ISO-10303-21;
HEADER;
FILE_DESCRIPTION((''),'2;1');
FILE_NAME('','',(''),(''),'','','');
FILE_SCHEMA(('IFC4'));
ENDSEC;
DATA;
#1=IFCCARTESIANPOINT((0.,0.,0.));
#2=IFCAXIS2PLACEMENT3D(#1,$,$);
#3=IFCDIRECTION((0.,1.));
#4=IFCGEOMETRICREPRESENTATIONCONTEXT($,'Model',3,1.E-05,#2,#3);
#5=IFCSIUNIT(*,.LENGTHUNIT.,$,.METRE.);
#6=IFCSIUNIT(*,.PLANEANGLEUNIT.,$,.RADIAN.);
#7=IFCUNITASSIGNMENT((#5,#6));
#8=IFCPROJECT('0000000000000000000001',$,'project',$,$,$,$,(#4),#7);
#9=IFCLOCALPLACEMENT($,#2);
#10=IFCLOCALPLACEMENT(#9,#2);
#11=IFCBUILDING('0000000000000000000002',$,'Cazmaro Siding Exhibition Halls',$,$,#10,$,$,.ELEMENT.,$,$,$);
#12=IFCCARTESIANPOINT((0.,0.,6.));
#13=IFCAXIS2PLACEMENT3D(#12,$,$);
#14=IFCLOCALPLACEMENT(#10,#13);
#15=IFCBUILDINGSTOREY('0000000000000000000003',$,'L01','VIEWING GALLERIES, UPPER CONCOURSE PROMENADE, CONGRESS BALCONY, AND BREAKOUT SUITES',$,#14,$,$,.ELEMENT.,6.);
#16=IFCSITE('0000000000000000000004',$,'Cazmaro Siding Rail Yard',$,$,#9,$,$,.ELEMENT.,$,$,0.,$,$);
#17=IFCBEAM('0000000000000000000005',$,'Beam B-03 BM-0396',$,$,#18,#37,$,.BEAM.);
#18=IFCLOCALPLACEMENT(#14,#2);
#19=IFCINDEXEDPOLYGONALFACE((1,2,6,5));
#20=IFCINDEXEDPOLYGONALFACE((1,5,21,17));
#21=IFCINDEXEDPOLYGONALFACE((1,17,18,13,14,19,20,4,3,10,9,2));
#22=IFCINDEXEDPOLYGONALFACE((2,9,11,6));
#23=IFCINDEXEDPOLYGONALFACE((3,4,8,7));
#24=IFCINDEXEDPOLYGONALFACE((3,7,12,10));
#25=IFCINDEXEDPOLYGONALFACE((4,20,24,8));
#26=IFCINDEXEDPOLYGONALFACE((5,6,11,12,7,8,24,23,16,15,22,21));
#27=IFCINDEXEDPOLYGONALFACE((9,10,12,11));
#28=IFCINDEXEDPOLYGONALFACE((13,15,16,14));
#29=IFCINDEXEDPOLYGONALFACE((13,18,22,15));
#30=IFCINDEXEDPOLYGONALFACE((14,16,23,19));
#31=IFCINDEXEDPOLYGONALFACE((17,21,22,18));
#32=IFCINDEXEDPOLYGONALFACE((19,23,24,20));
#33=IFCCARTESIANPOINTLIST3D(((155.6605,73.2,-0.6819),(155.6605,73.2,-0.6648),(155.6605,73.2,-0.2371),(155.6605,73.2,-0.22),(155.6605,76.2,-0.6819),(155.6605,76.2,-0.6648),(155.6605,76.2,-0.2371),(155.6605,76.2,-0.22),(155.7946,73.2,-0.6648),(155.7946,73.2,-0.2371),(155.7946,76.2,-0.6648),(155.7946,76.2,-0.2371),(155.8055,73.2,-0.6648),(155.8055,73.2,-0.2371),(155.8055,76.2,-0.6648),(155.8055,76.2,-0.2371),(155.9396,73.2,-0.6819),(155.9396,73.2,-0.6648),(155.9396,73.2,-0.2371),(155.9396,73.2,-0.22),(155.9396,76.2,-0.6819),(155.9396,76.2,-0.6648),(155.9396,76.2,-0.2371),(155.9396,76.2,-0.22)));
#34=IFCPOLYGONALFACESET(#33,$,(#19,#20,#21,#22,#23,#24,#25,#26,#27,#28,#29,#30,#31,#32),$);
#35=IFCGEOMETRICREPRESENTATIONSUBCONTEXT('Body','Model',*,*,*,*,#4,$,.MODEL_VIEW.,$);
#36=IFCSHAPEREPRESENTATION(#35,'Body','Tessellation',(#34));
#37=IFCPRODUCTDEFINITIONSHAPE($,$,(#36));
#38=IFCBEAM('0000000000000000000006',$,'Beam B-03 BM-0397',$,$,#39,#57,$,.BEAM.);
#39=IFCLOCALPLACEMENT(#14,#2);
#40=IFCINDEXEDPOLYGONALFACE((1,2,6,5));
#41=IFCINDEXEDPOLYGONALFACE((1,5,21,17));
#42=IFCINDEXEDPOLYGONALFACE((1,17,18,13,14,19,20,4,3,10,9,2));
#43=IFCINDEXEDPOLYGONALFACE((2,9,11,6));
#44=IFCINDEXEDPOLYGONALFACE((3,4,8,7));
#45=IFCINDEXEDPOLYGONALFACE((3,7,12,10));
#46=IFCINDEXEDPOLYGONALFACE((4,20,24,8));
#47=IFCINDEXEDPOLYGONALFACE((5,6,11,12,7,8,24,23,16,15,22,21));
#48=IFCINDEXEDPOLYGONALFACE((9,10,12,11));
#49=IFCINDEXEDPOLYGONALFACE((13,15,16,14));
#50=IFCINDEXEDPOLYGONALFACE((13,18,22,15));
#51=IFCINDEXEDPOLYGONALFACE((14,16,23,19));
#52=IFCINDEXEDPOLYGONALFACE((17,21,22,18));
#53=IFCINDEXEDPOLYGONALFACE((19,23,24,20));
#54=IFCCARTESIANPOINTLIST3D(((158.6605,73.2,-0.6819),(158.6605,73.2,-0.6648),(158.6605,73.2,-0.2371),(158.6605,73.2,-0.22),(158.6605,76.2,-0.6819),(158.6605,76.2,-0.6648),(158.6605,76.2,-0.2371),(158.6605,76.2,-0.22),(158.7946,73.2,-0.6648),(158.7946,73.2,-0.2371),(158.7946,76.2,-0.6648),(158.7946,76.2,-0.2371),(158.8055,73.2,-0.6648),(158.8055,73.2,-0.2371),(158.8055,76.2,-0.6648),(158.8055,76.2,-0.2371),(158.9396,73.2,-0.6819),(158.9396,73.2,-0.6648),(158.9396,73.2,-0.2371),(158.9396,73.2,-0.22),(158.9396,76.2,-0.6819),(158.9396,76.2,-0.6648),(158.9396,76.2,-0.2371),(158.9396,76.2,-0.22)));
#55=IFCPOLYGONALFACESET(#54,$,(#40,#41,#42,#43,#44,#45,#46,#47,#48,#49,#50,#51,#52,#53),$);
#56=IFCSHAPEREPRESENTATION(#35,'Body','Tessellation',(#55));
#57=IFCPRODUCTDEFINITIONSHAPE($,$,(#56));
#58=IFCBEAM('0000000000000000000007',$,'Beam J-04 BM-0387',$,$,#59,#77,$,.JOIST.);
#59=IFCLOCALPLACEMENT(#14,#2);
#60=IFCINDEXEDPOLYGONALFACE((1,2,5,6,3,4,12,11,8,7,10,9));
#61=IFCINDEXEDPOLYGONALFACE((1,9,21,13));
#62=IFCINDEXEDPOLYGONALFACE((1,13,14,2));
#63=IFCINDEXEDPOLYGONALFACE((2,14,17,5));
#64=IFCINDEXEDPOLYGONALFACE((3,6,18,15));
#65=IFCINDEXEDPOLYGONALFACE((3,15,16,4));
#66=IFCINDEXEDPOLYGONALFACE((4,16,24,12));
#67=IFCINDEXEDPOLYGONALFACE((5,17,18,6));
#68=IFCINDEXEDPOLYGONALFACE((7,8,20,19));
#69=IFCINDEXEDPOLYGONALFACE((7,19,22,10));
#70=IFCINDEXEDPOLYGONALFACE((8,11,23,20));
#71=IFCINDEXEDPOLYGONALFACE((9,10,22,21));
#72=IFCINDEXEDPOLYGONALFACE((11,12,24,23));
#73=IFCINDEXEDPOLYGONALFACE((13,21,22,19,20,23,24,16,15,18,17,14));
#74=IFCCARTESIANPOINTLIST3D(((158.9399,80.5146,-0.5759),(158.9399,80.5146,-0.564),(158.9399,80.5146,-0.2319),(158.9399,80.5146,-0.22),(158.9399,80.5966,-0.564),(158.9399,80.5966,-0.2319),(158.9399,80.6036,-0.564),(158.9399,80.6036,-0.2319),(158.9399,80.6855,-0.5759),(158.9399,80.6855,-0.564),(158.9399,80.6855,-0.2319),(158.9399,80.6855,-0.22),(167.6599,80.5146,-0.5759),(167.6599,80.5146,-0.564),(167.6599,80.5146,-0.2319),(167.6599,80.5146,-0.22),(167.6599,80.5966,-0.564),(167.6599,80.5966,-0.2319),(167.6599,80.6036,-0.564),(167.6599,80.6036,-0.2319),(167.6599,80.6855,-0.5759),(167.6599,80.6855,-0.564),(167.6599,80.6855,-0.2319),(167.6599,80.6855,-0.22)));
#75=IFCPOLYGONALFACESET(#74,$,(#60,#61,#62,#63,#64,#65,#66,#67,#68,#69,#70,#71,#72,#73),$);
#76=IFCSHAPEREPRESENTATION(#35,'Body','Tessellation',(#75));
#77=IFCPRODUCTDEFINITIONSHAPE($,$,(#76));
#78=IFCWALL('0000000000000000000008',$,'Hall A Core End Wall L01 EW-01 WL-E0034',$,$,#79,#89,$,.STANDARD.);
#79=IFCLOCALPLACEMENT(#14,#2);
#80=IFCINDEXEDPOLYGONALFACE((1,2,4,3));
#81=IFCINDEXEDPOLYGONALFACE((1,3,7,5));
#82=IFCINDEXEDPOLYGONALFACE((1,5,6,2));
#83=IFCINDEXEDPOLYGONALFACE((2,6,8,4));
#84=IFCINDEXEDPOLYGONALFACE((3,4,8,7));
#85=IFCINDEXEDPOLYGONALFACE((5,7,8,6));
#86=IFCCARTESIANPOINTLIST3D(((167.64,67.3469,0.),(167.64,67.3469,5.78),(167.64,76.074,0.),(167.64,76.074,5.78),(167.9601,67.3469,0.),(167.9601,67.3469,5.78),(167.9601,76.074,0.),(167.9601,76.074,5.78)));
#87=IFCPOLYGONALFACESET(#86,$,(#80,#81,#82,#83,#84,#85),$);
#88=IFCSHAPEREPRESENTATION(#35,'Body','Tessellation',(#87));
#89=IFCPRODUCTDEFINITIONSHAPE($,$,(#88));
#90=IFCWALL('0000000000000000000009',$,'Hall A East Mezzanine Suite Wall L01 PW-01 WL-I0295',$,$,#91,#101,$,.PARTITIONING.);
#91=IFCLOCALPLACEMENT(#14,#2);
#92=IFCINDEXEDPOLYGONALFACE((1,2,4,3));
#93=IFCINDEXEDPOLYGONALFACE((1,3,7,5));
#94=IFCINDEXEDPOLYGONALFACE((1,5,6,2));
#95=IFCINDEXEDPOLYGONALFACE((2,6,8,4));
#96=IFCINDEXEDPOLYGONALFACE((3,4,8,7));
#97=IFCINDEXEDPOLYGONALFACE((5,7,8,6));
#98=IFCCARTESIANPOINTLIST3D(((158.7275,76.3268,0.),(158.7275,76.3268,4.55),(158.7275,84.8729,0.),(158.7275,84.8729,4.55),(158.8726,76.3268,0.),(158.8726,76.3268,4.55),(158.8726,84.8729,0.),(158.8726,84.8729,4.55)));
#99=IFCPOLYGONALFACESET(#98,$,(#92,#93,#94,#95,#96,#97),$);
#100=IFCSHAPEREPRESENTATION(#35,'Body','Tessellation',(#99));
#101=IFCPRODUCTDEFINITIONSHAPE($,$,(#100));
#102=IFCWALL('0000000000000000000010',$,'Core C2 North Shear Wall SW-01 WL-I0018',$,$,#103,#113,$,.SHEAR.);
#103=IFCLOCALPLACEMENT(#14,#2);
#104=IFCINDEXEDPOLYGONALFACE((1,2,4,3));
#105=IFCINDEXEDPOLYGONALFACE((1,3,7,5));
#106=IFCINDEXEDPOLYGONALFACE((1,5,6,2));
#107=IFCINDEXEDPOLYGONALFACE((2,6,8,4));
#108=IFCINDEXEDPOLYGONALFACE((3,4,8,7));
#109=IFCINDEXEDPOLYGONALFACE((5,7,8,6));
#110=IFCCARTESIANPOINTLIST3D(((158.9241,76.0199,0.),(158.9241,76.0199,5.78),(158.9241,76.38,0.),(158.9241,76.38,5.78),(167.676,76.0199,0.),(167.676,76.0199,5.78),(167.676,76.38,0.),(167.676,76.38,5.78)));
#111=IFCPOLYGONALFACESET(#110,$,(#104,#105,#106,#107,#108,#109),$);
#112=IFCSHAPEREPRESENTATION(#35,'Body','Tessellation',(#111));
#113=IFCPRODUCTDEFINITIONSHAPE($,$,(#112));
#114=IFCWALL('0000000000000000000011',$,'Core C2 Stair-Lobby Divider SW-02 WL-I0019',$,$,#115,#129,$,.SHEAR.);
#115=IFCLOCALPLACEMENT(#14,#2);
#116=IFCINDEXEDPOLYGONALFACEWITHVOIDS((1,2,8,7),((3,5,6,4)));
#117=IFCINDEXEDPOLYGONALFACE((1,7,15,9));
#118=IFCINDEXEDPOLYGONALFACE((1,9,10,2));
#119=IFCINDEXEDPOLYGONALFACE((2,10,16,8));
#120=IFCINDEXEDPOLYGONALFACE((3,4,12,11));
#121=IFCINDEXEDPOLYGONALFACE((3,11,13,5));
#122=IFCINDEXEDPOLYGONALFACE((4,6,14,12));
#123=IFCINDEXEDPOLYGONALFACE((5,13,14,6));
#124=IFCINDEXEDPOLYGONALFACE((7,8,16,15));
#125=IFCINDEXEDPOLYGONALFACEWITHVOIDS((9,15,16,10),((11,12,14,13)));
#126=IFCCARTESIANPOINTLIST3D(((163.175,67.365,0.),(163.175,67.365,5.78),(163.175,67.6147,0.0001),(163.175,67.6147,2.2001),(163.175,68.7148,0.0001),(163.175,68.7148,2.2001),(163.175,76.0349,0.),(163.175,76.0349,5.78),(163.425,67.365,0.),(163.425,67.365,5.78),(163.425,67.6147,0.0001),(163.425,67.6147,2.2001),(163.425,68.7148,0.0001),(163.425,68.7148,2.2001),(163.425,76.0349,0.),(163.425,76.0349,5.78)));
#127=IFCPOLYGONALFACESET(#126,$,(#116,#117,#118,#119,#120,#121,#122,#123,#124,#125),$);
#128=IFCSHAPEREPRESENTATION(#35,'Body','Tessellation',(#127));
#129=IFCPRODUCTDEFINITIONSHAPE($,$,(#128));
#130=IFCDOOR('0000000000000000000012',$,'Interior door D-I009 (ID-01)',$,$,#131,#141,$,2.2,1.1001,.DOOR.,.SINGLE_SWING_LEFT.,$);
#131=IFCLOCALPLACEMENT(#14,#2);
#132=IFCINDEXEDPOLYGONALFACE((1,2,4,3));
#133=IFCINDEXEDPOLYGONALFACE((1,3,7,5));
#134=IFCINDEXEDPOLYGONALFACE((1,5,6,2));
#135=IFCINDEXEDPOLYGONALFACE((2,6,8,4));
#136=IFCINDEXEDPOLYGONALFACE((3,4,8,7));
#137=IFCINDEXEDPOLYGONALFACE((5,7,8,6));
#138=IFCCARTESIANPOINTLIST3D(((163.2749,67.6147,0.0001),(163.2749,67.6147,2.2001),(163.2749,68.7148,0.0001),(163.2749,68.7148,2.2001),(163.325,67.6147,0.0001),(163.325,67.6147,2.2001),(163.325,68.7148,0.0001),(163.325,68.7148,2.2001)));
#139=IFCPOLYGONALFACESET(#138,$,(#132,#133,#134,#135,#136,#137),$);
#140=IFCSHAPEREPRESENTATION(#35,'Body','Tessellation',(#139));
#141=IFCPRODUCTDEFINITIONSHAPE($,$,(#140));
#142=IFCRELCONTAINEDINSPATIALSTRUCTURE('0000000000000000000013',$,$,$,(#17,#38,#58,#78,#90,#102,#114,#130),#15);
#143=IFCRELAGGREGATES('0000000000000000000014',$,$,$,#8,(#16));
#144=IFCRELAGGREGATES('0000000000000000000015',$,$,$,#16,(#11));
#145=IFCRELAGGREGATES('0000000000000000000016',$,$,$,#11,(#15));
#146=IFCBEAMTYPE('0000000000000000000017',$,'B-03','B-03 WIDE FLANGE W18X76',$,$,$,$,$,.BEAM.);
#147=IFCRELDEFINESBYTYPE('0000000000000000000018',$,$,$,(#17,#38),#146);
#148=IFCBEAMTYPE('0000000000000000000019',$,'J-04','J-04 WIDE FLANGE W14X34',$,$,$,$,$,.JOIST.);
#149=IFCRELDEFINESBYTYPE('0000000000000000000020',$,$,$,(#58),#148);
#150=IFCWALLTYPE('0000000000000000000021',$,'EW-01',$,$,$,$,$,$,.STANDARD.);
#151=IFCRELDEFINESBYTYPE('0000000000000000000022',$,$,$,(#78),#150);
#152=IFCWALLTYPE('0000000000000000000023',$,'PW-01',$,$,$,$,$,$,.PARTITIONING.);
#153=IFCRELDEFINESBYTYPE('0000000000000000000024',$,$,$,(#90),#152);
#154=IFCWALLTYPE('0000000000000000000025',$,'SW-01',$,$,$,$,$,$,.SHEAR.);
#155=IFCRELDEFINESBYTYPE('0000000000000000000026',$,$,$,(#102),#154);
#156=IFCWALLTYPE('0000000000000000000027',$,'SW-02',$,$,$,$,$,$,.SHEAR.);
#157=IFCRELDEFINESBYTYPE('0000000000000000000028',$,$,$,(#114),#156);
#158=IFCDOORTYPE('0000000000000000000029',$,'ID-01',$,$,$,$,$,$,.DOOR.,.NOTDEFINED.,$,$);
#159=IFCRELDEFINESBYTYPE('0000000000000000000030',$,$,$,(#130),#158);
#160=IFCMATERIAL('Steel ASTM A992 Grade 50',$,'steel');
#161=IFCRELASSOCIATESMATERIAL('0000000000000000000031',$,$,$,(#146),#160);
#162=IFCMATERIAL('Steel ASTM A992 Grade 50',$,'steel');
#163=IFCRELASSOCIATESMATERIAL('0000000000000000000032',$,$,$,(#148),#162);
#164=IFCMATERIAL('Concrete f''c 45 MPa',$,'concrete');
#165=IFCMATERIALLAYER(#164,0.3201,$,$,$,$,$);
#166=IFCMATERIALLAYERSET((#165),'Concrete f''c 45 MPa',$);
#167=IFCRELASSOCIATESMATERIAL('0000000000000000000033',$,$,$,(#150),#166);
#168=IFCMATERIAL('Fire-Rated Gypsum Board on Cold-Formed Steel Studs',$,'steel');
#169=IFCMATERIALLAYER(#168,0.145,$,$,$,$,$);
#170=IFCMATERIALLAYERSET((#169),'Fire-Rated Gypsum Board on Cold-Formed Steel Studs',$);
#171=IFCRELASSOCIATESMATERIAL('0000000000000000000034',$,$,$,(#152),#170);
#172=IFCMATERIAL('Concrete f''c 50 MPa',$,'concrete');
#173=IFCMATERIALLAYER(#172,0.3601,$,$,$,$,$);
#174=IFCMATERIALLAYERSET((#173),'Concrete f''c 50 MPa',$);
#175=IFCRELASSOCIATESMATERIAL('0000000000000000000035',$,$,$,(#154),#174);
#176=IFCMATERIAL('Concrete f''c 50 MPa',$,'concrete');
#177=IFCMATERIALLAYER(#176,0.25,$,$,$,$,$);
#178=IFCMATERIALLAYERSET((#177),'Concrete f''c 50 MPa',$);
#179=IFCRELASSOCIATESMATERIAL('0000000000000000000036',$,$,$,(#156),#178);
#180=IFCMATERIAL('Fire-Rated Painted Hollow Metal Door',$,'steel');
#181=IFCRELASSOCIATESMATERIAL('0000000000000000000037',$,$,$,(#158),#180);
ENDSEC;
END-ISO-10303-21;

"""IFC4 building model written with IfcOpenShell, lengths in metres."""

from ifc_helpers import new_model, si_unit, direction, frame, frame_2d, origin, origin_2d, place, context, subcontext, project, spatial, rectangle, i_section, extrude, material, layer, layer_set, material_profile, profile_set, type_object, element, fill, save


model = new_model("IFC4")

# Units and contexts
model_context = context("Model", 3, precision=1e-05, world=origin(), true_north=direction((0.0, 1.0)))
body_context = subcontext(model_context, "Body", "Model", "MODEL_VIEW")
ifc_project = project(units=[si_unit("LENGTHUNIT", "METRE"), si_unit("PLANEANGLEUNIT", "RADIAN")], contexts=[model_context])

# Site, building, storey
site_placement = place(None, origin())
site = spatial("IfcSite", under=ifc_project, at=site_placement, Name="Cazmaro Siding Rail Yard", CompositionType="ELEMENT", RefElevation=0.0)
building_placement = place(site_placement, origin())
building = spatial("IfcBuilding", under=site, at=building_placement, Name="Cazmaro Siding Exhibition Halls", CompositionType="ELEMENT")
storey_placement = place(building_placement, frame((0.0, 0.0, 6.0)))
storey = spatial("IfcBuildingStorey", under=building, at=storey_placement, Name="L01", Description="VIEWING GALLERIES, UPPER CONCOURSE PROMENADE, CONGRESS BALCONY, AND BREAKOUT SUITES", CompositionType="ELEMENT", Elevation=6.0)

# Beams
ifc_material_1 = material(Name="Steel ASTM A992 Grade 50", Category="steel")
ifc_material_profile_1 = material_profile(ifc_material_1, i_section(OverallWidth=0.2791, OverallDepth=0.4619, WebThickness=0.011, FlangeThickness=0.0171, at=origin_2d()), Name="W18X76")
ifc_profile_set_1 = profile_set([ifc_material_profile_1], Name="Steel ASTM A992 Grade 50")
beam_type_1 = type_object("IfcBeamType", Name="B-03", Description="B-03 WIDE FLANGE W18X76", PredefinedType="BEAM", material=ifc_profile_set_1)
for number, where, z_axis, x_axis, name in (
    (1, (155.8, 73.2, -0.4509), (0.0, 1.0, 0.0), (-1.0, 0.0, 0.0), "Beam B-03 BM-0396"),
    (2, (158.8, 73.2, -0.4509), (0.0, 1.0, 0.0), (-1.0, 0.0, 0.0), "Beam B-03 BM-0397"),
):
    element("IfcBeam", number, at=place(storey_placement, frame(where, z_axis=z_axis, x_axis=x_axis)), inside=storey, type_object=beam_type_1, Name=name, PredefinedType="BEAM", context=body_context, shape_type="SweptSolid", body=[
        extrude(i_section(OverallWidth=0.2791, OverallDepth=0.4619, WebThickness=0.011, FlangeThickness=0.0171, at=origin_2d()), origin(), (0.0, 0.0, 1.0), 3.0),
    ])
ifc_material_2 = material(Name="Steel ASTM A992 Grade 50", Category="steel")
ifc_material_profile_2 = material_profile(ifc_material_2, i_section(OverallWidth=0.1709, OverallDepth=0.356, WebThickness=0.0071, FlangeThickness=0.012, at=origin_2d()), Name="W14X34")
ifc_profile_set_2 = profile_set([ifc_material_profile_2], Name="Steel ASTM A992 Grade 50")
beam_type_2 = type_object("IfcBeamType", Name="J-04", Description="J-04 WIDE FLANGE W14X34", PredefinedType="JOIST", material=ifc_profile_set_2)
beam_1_placement = place(storey_placement, frame((158.9399, 80.6001, -0.3979), z_axis=(1.0, 0.0, 0.0), x_axis=(0.0, 1.0, 0.0)))
element("IfcBeam", 3, at=beam_1_placement, inside=storey, type_object=beam_type_2, Name="Beam J-04 BM-0387", PredefinedType="JOIST", context=body_context, shape_type="SweptSolid", body=[
    extrude(i_section(OverallWidth=0.1709, OverallDepth=0.356, WebThickness=0.0071, FlangeThickness=0.012, at=origin_2d()), origin(), (0.0, 0.0, 1.0), 8.72),
])

# Walls
ifc_material_3 = material(Name="Concrete f'c 45 MPa", Category="concrete")
ifc_layer_1 = layer(ifc_material_3, 0.3201)
ifc_layer_set_1 = layer_set([ifc_layer_1], Name="Concrete f'c 45 MPa")
wall_type_1 = type_object("IfcWallType", Name="EW-01", PredefinedType="STANDARD", material=ifc_layer_set_1)
wall_1_placement = place(storey_placement, frame((167.8, 76.074, 0.0), z_axis=(0.0, 0.0, 1.0), x_axis=(0.0, -1.0, 0.0)))
element("IfcWall", 4, at=wall_1_placement, inside=storey, type_object=wall_type_1, Name="Hall A Core End Wall L01 EW-01 WL-E0034", PredefinedType="STANDARD", context=body_context, shape_type="SweptSolid", body=[
    extrude(rectangle(XDim=8.7271, YDim=0.3201, at=frame_2d((4.3635, 0.0))), origin(), (0.0, 0.0, 1.0), 5.78),
])
ifc_material_4 = material(Name="Fire-Rated Gypsum Board on Cold-Formed Steel Studs", Category="steel")
ifc_layer_2 = layer(ifc_material_4, 0.145)
ifc_layer_set_2 = layer_set([ifc_layer_2], Name="Fire-Rated Gypsum Board on Cold-Formed Steel Studs")
wall_type_2 = type_object("IfcWallType", Name="PW-01", PredefinedType="PARTITIONING", material=ifc_layer_set_2)
wall_2_placement = place(storey_placement, frame((158.8, 76.3269, 0.0), z_axis=(0.0, 0.0, 1.0), x_axis=(0.0, 1.0, 0.0)))
element("IfcWall", 5, at=wall_2_placement, inside=storey, type_object=wall_type_2, Name="Hall A East Mezzanine Suite Wall L01 PW-01 WL-I0295", PredefinedType="PARTITIONING", context=body_context, shape_type="SweptSolid", body=[
    extrude(rectangle(XDim=8.5461, YDim=0.145, at=frame_2d((4.2729, 0.0))), origin(), (0.0, 0.0, 1.0), 4.55),
])
ifc_material_5 = material(Name="Concrete f'c 50 MPa", Category="concrete")
ifc_layer_3 = layer(ifc_material_5, 0.3601)
ifc_layer_set_3 = layer_set([ifc_layer_3], Name="Concrete f'c 50 MPa")
wall_type_3 = type_object("IfcWallType", Name="SW-01", PredefinedType="SHEAR", material=ifc_layer_set_3)
wall_3_placement = place(storey_placement, frame((158.9241, 76.2, 0.0), z_axis=(0.0, 0.0, 1.0), x_axis=(1.0, 0.0, 0.0)))
element("IfcWall", 6, at=wall_3_placement, inside=storey, type_object=wall_type_3, Name="Core C2 North Shear Wall SW-01 WL-I0018", PredefinedType="SHEAR", context=body_context, shape_type="SweptSolid", body=[
    extrude(rectangle(XDim=8.752, YDim=0.3601, at=frame_2d((4.376, 0.0))), origin(), (0.0, 0.0, 1.0), 5.78),
])

# Wall, opening, door
ifc_material_6 = material(Name="Concrete f'c 50 MPa", Category="concrete")
ifc_layer_4 = layer(ifc_material_6, 0.25)
ifc_layer_set_4 = layer_set([ifc_layer_4], Name="Concrete f'c 50 MPa")
wall_type_4 = type_object("IfcWallType", Name="SW-02", PredefinedType="SHEAR", material=ifc_layer_set_4)
wall_4_placement = place(storey_placement, frame((163.3, 76.0349, 0.0), z_axis=(0.0, 0.0, 1.0), x_axis=(0.0, -1.0, 0.0)))
wall_4 = element("IfcWall", 7, at=wall_4_placement, inside=storey, type_object=wall_type_4, Name="Core C2 Stair-Lobby Divider SW-02 WL-I0019", PredefinedType="SHEAR", context=body_context, shape_type="SweptSolid", body=[
    extrude(rectangle(XDim=8.6699, YDim=0.25, at=frame_2d((4.335, 0.0))), origin(), (0.0, 0.0, 1.0), 5.78),
])
opening_placement = place(wall_4_placement, frame((7.3201, 0.0, 0.0)))
opening = element("IfcOpeningElement", 8, at=opening_placement, cuts=wall_4, PredefinedType="OPENING", context=body_context, shape_type="SweptSolid", body=[
    extrude(rectangle(XDim=1.1001, YDim=2.2, at=frame_2d((0.55, 1.1001))), frame((0.0, 0.135, 0.0), z_axis=(0.0, -1.0, 0.0), x_axis=(1.0, 0.0, 0.0)), (0.0, 0.0, 1.0), 0.27),
])
ifc_material_7 = material(Name="Fire-Rated Painted Hollow Metal Door", Category="steel")
door_type = type_object("IfcDoorType", Name="ID-01", OperationType="NOTDEFINED", PredefinedType="DOOR", material=ifc_material_7)
door_placement = place(opening_placement, origin())
door = element("IfcDoor", 9, at=door_placement, inside=storey, type_object=door_type, Name="Interior door D-I009 (ID-01)", OperationType="SINGLE_SWING_LEFT", OverallHeight=2.2, OverallWidth=1.1001, PredefinedType="DOOR", context=body_context, shape_type="SweptSolid", body=[
    extrude(rectangle(XDim=1.1001, YDim=2.2, at=frame_2d((0.55, 1.1001))), frame((0.0, 0.0249, 0.0), z_axis=(0.0, -1.0, 0.0), x_axis=(1.0, 0.0, 0.0)), (0.0, 0.0, 1.0), 0.05),
])
fill(opening, door)

save(model, "model.ifc")
